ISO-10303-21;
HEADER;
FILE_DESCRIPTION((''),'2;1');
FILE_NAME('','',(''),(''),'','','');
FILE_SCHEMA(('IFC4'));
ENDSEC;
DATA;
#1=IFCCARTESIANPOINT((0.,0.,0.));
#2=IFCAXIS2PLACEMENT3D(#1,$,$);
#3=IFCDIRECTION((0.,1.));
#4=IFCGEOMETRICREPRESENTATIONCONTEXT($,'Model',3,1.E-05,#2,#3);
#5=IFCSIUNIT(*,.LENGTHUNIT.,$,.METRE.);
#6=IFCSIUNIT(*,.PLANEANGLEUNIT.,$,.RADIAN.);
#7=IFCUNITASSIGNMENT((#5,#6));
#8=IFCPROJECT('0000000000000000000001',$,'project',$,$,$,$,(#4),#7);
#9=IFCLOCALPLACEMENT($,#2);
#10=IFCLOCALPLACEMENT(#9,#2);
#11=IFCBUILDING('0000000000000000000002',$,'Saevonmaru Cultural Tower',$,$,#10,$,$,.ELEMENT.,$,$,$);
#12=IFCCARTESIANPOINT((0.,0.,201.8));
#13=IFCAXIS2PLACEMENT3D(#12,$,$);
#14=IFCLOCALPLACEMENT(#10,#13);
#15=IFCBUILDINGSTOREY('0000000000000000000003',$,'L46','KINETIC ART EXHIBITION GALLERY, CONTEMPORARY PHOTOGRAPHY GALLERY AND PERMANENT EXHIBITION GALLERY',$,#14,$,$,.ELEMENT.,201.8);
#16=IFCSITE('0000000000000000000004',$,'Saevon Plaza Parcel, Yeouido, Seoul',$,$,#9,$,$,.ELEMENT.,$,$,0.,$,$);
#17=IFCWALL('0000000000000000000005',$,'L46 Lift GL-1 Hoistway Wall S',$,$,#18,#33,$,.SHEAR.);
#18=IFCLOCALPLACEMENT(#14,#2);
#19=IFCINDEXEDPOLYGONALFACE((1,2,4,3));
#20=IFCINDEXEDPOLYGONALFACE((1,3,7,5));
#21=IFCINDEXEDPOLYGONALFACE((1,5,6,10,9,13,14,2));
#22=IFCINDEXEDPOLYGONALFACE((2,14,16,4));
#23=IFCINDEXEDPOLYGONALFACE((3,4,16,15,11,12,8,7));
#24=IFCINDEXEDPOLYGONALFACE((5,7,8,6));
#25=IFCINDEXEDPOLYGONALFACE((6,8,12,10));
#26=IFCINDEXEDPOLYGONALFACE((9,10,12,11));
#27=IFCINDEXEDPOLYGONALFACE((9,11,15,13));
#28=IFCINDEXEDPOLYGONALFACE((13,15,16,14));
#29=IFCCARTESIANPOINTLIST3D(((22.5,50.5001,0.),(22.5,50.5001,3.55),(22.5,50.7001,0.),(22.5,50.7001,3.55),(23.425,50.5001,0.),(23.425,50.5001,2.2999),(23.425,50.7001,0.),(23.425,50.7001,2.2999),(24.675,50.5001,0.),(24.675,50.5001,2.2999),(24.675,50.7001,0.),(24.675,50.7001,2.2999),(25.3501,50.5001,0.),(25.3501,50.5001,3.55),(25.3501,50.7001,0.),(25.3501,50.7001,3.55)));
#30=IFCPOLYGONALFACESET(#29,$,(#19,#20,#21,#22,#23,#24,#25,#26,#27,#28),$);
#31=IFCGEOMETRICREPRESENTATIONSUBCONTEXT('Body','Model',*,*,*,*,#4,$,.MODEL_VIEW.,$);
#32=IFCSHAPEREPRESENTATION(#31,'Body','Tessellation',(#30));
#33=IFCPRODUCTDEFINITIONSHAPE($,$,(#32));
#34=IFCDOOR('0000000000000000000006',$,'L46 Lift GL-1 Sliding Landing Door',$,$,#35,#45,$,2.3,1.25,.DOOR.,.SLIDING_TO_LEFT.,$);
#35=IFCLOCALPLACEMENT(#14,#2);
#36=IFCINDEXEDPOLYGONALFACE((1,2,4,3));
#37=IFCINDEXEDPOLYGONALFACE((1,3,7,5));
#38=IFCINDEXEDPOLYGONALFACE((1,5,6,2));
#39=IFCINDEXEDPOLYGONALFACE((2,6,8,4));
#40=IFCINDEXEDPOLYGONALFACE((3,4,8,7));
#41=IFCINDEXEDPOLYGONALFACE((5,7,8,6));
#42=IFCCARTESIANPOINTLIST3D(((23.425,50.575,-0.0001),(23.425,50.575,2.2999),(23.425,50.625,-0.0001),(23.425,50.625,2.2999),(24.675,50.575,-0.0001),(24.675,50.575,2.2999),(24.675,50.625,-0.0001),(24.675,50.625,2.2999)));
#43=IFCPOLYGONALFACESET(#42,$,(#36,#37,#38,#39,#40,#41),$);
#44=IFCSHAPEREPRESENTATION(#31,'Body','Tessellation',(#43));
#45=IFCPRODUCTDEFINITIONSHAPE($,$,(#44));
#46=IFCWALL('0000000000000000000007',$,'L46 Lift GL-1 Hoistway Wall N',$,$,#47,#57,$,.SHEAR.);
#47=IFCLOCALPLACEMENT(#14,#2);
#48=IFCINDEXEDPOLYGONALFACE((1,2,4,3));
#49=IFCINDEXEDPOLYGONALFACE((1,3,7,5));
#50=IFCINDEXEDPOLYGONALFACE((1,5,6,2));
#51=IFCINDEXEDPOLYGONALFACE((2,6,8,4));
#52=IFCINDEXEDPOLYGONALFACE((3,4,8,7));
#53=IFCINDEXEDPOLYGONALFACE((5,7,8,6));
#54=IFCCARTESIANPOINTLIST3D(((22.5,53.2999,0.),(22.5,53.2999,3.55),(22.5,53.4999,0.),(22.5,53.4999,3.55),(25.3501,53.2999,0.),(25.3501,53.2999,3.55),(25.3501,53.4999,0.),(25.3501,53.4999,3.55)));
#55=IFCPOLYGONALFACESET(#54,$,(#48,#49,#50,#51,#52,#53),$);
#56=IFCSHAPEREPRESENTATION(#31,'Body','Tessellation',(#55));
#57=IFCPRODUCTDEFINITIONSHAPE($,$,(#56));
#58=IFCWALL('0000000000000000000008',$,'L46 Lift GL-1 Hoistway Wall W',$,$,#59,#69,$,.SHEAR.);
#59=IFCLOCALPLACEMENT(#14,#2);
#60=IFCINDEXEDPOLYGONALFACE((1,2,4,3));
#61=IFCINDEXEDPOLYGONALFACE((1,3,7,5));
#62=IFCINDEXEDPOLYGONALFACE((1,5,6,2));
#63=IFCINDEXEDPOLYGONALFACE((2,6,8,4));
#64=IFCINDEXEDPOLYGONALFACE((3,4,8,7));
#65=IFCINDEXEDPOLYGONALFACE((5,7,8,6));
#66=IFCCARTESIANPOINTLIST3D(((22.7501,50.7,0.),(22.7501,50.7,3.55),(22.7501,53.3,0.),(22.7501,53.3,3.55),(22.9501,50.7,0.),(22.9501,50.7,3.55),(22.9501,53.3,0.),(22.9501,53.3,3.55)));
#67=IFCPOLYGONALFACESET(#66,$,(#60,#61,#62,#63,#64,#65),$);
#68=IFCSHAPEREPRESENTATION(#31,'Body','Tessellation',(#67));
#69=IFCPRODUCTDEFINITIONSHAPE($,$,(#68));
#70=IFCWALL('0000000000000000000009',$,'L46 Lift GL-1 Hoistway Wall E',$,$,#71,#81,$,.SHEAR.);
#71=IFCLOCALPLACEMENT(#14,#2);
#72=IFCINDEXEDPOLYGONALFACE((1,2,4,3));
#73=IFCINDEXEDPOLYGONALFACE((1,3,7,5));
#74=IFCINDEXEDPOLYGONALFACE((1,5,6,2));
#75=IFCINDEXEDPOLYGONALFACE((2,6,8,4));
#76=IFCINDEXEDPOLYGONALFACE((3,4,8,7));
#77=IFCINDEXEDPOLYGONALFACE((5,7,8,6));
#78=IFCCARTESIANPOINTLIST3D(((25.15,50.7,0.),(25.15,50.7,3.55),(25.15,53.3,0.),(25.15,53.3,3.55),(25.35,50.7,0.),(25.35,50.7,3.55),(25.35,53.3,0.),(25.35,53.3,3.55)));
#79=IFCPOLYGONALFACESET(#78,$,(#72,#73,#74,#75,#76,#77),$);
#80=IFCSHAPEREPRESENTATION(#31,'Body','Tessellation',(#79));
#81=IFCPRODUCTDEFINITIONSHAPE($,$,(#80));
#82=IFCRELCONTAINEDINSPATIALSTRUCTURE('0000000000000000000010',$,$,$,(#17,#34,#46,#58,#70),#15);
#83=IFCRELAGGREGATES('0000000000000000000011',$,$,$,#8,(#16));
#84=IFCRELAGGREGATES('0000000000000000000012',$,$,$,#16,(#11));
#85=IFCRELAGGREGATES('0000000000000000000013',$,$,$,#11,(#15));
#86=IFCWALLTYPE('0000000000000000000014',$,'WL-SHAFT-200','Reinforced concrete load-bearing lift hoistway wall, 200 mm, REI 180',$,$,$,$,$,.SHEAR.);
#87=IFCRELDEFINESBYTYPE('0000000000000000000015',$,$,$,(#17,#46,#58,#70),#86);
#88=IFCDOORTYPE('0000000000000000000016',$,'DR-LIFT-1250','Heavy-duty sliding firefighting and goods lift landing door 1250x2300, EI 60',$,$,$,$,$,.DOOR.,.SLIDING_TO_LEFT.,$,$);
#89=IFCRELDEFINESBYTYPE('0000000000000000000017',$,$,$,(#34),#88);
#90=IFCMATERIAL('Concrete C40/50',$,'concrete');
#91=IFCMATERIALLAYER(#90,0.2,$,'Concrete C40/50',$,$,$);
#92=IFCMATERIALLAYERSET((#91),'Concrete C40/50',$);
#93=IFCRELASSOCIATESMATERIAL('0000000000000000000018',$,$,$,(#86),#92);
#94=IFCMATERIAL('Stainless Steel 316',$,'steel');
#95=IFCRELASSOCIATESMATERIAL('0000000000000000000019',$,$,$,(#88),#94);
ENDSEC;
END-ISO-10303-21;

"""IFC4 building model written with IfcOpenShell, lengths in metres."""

from ifc_helpers import new_model, si_unit, direction, frame, frame_2d, origin, place, context, subcontext, project, spatial, rectangle, extrude, material, layer, layer_set, type_object, element, fill, save


model = new_model("IFC4")

# Units and contexts
model_context = context("Model", 3, precision=1e-05, world=origin(), true_north=direction((0.0, 1.0)))
body_context = subcontext(model_context, "Body", "Model", "MODEL_VIEW")
ifc_project = project(units=[si_unit("LENGTHUNIT", "METRE"), si_unit("PLANEANGLEUNIT", "RADIAN")], contexts=[model_context])

# Site, building, storey
site_placement = place(None, origin())
site = spatial("IfcSite", under=ifc_project, at=site_placement, Name="Saevon Plaza Parcel, Yeouido, Seoul", CompositionType="ELEMENT", RefElevation=0.0)
building_placement = place(site_placement, origin())
building = spatial("IfcBuilding", under=site, at=building_placement, Name="Saevonmaru Cultural Tower", CompositionType="ELEMENT")
storey_placement = place(building_placement, frame((0.0, 0.0, 201.8)))
storey = spatial("IfcBuildingStorey", under=building, at=storey_placement, Name="L46", Description="KINETIC ART EXHIBITION GALLERY, CONTEMPORARY PHOTOGRAPHY GALLERY AND PERMANENT EXHIBITION GALLERY", CompositionType="ELEMENT", Elevation=201.8)

# Shared definitions
ifc_material_1 = material(Name="Concrete C40/50", Category="concrete")
ifc_layer_1 = layer(ifc_material_1, 0.2, Name="Concrete C40/50")
ifc_layer_set_1 = layer_set([ifc_layer_1], Name="Concrete C40/50")
wall_type_1 = type_object("IfcWallType", Name="WL-SHAFT-200", Description="Reinforced concrete load-bearing lift hoistway wall, 200 mm, REI 180", PredefinedType="SHEAR", material=ifc_layer_set_1)

# Wall, opening, door
wall_1_placement = place(storey_placement, frame((22.5, 50.6001, 0.0), z_axis=(0.0, 0.0, 1.0), x_axis=(1.0, 0.0, 0.0)))
wall_1 = element("IfcWall", 1, at=wall_1_placement, inside=storey, type_object=wall_type_1, Name="L46 Lift GL-1 Hoistway Wall S", PredefinedType="SHEAR", context=body_context, shape_type="SweptSolid", body=[
    extrude(rectangle(XDim=2.8501, YDim=0.2, at=frame_2d((1.425, 0.0))), origin(), (0.0, 0.0, 1.0), 3.55),
])
opening_placement = place(wall_1_placement, frame((0.925, 0.0, 0.0)))
opening = element("IfcOpeningElement", 2, at=opening_placement, cuts=wall_1, PredefinedType="OPENING", context=body_context, shape_type="SweptSolid", body=[
    extrude(rectangle(XDim=1.25, YDim=2.3, at=frame_2d((0.625, 1.1499))), frame((0.0, 0.1099, 0.0), z_axis=(0.0, -1.0, 0.0), x_axis=(1.0, 0.0, 0.0)), (0.0, 0.0, 1.0), 0.22),
])
ifc_material_2 = material(Name="Stainless Steel 316", Category="steel")
door_type = type_object("IfcDoorType", Name="DR-LIFT-1250", Description="Heavy-duty sliding firefighting and goods lift landing door 1250x2300, EI 60", OperationType="SLIDING_TO_LEFT", PredefinedType="DOOR", material=ifc_material_2)
door_placement = place(opening_placement, origin())
door = element("IfcDoor", 3, at=door_placement, inside=storey, type_object=door_type, Name="L46 Lift GL-1 Sliding Landing Door", OperationType="SLIDING_TO_LEFT", OverallHeight=2.3, OverallWidth=1.25, PredefinedType="DOOR", context=body_context, shape_type="SweptSolid", body=[
    extrude(rectangle(XDim=1.25, YDim=2.3, at=frame_2d((0.625, 1.1499))), frame((0.0, 0.0249, 0.0), z_axis=(0.0, -1.0, 0.0), x_axis=(1.0, 0.0, 0.0)), (0.0, 0.0, 1.0), 0.05),
])
fill(opening, door)

# Walls
wall_2_placement = place(storey_placement, frame((22.5, 53.3999, 0.0), z_axis=(0.0, 0.0, 1.0), x_axis=(1.0, 0.0, 0.0)))
element("IfcWall", 4, at=wall_2_placement, inside=storey, type_object=wall_type_1, Name="L46 Lift GL-1 Hoistway Wall N", PredefinedType="SHEAR", context=body_context, shape_type="SweptSolid", body=[
    extrude(rectangle(XDim=2.8501, YDim=0.2, at=frame_2d((1.425, 0.0))), origin(), (0.0, 0.0, 1.0), 3.55),
])
for number, where, z_axis, x_axis, name in (
    (5, (22.8501, 50.7, 0.0), (0.0, 0.0, 1.0), (0.0, 1.0, 0.0), "L46 Lift GL-1 Hoistway Wall W"),
    (6, (25.25, 50.7, 0.0), (0.0, 0.0, 1.0), (0.0, 1.0, 0.0), "L46 Lift GL-1 Hoistway Wall E"),
):
    element("IfcWall", number, at=place(storey_placement, frame(where, z_axis=z_axis, x_axis=x_axis)), inside=storey, type_object=wall_type_1, Name=name, PredefinedType="SHEAR", context=body_context, shape_type="SweptSolid", body=[
        extrude(rectangle(XDim=2.6001, YDim=0.2, at=frame_2d((1.3, 0.0))), origin(), (0.0, 0.0, 1.0), 3.55),
    ])

save(model, "model.ifc")
